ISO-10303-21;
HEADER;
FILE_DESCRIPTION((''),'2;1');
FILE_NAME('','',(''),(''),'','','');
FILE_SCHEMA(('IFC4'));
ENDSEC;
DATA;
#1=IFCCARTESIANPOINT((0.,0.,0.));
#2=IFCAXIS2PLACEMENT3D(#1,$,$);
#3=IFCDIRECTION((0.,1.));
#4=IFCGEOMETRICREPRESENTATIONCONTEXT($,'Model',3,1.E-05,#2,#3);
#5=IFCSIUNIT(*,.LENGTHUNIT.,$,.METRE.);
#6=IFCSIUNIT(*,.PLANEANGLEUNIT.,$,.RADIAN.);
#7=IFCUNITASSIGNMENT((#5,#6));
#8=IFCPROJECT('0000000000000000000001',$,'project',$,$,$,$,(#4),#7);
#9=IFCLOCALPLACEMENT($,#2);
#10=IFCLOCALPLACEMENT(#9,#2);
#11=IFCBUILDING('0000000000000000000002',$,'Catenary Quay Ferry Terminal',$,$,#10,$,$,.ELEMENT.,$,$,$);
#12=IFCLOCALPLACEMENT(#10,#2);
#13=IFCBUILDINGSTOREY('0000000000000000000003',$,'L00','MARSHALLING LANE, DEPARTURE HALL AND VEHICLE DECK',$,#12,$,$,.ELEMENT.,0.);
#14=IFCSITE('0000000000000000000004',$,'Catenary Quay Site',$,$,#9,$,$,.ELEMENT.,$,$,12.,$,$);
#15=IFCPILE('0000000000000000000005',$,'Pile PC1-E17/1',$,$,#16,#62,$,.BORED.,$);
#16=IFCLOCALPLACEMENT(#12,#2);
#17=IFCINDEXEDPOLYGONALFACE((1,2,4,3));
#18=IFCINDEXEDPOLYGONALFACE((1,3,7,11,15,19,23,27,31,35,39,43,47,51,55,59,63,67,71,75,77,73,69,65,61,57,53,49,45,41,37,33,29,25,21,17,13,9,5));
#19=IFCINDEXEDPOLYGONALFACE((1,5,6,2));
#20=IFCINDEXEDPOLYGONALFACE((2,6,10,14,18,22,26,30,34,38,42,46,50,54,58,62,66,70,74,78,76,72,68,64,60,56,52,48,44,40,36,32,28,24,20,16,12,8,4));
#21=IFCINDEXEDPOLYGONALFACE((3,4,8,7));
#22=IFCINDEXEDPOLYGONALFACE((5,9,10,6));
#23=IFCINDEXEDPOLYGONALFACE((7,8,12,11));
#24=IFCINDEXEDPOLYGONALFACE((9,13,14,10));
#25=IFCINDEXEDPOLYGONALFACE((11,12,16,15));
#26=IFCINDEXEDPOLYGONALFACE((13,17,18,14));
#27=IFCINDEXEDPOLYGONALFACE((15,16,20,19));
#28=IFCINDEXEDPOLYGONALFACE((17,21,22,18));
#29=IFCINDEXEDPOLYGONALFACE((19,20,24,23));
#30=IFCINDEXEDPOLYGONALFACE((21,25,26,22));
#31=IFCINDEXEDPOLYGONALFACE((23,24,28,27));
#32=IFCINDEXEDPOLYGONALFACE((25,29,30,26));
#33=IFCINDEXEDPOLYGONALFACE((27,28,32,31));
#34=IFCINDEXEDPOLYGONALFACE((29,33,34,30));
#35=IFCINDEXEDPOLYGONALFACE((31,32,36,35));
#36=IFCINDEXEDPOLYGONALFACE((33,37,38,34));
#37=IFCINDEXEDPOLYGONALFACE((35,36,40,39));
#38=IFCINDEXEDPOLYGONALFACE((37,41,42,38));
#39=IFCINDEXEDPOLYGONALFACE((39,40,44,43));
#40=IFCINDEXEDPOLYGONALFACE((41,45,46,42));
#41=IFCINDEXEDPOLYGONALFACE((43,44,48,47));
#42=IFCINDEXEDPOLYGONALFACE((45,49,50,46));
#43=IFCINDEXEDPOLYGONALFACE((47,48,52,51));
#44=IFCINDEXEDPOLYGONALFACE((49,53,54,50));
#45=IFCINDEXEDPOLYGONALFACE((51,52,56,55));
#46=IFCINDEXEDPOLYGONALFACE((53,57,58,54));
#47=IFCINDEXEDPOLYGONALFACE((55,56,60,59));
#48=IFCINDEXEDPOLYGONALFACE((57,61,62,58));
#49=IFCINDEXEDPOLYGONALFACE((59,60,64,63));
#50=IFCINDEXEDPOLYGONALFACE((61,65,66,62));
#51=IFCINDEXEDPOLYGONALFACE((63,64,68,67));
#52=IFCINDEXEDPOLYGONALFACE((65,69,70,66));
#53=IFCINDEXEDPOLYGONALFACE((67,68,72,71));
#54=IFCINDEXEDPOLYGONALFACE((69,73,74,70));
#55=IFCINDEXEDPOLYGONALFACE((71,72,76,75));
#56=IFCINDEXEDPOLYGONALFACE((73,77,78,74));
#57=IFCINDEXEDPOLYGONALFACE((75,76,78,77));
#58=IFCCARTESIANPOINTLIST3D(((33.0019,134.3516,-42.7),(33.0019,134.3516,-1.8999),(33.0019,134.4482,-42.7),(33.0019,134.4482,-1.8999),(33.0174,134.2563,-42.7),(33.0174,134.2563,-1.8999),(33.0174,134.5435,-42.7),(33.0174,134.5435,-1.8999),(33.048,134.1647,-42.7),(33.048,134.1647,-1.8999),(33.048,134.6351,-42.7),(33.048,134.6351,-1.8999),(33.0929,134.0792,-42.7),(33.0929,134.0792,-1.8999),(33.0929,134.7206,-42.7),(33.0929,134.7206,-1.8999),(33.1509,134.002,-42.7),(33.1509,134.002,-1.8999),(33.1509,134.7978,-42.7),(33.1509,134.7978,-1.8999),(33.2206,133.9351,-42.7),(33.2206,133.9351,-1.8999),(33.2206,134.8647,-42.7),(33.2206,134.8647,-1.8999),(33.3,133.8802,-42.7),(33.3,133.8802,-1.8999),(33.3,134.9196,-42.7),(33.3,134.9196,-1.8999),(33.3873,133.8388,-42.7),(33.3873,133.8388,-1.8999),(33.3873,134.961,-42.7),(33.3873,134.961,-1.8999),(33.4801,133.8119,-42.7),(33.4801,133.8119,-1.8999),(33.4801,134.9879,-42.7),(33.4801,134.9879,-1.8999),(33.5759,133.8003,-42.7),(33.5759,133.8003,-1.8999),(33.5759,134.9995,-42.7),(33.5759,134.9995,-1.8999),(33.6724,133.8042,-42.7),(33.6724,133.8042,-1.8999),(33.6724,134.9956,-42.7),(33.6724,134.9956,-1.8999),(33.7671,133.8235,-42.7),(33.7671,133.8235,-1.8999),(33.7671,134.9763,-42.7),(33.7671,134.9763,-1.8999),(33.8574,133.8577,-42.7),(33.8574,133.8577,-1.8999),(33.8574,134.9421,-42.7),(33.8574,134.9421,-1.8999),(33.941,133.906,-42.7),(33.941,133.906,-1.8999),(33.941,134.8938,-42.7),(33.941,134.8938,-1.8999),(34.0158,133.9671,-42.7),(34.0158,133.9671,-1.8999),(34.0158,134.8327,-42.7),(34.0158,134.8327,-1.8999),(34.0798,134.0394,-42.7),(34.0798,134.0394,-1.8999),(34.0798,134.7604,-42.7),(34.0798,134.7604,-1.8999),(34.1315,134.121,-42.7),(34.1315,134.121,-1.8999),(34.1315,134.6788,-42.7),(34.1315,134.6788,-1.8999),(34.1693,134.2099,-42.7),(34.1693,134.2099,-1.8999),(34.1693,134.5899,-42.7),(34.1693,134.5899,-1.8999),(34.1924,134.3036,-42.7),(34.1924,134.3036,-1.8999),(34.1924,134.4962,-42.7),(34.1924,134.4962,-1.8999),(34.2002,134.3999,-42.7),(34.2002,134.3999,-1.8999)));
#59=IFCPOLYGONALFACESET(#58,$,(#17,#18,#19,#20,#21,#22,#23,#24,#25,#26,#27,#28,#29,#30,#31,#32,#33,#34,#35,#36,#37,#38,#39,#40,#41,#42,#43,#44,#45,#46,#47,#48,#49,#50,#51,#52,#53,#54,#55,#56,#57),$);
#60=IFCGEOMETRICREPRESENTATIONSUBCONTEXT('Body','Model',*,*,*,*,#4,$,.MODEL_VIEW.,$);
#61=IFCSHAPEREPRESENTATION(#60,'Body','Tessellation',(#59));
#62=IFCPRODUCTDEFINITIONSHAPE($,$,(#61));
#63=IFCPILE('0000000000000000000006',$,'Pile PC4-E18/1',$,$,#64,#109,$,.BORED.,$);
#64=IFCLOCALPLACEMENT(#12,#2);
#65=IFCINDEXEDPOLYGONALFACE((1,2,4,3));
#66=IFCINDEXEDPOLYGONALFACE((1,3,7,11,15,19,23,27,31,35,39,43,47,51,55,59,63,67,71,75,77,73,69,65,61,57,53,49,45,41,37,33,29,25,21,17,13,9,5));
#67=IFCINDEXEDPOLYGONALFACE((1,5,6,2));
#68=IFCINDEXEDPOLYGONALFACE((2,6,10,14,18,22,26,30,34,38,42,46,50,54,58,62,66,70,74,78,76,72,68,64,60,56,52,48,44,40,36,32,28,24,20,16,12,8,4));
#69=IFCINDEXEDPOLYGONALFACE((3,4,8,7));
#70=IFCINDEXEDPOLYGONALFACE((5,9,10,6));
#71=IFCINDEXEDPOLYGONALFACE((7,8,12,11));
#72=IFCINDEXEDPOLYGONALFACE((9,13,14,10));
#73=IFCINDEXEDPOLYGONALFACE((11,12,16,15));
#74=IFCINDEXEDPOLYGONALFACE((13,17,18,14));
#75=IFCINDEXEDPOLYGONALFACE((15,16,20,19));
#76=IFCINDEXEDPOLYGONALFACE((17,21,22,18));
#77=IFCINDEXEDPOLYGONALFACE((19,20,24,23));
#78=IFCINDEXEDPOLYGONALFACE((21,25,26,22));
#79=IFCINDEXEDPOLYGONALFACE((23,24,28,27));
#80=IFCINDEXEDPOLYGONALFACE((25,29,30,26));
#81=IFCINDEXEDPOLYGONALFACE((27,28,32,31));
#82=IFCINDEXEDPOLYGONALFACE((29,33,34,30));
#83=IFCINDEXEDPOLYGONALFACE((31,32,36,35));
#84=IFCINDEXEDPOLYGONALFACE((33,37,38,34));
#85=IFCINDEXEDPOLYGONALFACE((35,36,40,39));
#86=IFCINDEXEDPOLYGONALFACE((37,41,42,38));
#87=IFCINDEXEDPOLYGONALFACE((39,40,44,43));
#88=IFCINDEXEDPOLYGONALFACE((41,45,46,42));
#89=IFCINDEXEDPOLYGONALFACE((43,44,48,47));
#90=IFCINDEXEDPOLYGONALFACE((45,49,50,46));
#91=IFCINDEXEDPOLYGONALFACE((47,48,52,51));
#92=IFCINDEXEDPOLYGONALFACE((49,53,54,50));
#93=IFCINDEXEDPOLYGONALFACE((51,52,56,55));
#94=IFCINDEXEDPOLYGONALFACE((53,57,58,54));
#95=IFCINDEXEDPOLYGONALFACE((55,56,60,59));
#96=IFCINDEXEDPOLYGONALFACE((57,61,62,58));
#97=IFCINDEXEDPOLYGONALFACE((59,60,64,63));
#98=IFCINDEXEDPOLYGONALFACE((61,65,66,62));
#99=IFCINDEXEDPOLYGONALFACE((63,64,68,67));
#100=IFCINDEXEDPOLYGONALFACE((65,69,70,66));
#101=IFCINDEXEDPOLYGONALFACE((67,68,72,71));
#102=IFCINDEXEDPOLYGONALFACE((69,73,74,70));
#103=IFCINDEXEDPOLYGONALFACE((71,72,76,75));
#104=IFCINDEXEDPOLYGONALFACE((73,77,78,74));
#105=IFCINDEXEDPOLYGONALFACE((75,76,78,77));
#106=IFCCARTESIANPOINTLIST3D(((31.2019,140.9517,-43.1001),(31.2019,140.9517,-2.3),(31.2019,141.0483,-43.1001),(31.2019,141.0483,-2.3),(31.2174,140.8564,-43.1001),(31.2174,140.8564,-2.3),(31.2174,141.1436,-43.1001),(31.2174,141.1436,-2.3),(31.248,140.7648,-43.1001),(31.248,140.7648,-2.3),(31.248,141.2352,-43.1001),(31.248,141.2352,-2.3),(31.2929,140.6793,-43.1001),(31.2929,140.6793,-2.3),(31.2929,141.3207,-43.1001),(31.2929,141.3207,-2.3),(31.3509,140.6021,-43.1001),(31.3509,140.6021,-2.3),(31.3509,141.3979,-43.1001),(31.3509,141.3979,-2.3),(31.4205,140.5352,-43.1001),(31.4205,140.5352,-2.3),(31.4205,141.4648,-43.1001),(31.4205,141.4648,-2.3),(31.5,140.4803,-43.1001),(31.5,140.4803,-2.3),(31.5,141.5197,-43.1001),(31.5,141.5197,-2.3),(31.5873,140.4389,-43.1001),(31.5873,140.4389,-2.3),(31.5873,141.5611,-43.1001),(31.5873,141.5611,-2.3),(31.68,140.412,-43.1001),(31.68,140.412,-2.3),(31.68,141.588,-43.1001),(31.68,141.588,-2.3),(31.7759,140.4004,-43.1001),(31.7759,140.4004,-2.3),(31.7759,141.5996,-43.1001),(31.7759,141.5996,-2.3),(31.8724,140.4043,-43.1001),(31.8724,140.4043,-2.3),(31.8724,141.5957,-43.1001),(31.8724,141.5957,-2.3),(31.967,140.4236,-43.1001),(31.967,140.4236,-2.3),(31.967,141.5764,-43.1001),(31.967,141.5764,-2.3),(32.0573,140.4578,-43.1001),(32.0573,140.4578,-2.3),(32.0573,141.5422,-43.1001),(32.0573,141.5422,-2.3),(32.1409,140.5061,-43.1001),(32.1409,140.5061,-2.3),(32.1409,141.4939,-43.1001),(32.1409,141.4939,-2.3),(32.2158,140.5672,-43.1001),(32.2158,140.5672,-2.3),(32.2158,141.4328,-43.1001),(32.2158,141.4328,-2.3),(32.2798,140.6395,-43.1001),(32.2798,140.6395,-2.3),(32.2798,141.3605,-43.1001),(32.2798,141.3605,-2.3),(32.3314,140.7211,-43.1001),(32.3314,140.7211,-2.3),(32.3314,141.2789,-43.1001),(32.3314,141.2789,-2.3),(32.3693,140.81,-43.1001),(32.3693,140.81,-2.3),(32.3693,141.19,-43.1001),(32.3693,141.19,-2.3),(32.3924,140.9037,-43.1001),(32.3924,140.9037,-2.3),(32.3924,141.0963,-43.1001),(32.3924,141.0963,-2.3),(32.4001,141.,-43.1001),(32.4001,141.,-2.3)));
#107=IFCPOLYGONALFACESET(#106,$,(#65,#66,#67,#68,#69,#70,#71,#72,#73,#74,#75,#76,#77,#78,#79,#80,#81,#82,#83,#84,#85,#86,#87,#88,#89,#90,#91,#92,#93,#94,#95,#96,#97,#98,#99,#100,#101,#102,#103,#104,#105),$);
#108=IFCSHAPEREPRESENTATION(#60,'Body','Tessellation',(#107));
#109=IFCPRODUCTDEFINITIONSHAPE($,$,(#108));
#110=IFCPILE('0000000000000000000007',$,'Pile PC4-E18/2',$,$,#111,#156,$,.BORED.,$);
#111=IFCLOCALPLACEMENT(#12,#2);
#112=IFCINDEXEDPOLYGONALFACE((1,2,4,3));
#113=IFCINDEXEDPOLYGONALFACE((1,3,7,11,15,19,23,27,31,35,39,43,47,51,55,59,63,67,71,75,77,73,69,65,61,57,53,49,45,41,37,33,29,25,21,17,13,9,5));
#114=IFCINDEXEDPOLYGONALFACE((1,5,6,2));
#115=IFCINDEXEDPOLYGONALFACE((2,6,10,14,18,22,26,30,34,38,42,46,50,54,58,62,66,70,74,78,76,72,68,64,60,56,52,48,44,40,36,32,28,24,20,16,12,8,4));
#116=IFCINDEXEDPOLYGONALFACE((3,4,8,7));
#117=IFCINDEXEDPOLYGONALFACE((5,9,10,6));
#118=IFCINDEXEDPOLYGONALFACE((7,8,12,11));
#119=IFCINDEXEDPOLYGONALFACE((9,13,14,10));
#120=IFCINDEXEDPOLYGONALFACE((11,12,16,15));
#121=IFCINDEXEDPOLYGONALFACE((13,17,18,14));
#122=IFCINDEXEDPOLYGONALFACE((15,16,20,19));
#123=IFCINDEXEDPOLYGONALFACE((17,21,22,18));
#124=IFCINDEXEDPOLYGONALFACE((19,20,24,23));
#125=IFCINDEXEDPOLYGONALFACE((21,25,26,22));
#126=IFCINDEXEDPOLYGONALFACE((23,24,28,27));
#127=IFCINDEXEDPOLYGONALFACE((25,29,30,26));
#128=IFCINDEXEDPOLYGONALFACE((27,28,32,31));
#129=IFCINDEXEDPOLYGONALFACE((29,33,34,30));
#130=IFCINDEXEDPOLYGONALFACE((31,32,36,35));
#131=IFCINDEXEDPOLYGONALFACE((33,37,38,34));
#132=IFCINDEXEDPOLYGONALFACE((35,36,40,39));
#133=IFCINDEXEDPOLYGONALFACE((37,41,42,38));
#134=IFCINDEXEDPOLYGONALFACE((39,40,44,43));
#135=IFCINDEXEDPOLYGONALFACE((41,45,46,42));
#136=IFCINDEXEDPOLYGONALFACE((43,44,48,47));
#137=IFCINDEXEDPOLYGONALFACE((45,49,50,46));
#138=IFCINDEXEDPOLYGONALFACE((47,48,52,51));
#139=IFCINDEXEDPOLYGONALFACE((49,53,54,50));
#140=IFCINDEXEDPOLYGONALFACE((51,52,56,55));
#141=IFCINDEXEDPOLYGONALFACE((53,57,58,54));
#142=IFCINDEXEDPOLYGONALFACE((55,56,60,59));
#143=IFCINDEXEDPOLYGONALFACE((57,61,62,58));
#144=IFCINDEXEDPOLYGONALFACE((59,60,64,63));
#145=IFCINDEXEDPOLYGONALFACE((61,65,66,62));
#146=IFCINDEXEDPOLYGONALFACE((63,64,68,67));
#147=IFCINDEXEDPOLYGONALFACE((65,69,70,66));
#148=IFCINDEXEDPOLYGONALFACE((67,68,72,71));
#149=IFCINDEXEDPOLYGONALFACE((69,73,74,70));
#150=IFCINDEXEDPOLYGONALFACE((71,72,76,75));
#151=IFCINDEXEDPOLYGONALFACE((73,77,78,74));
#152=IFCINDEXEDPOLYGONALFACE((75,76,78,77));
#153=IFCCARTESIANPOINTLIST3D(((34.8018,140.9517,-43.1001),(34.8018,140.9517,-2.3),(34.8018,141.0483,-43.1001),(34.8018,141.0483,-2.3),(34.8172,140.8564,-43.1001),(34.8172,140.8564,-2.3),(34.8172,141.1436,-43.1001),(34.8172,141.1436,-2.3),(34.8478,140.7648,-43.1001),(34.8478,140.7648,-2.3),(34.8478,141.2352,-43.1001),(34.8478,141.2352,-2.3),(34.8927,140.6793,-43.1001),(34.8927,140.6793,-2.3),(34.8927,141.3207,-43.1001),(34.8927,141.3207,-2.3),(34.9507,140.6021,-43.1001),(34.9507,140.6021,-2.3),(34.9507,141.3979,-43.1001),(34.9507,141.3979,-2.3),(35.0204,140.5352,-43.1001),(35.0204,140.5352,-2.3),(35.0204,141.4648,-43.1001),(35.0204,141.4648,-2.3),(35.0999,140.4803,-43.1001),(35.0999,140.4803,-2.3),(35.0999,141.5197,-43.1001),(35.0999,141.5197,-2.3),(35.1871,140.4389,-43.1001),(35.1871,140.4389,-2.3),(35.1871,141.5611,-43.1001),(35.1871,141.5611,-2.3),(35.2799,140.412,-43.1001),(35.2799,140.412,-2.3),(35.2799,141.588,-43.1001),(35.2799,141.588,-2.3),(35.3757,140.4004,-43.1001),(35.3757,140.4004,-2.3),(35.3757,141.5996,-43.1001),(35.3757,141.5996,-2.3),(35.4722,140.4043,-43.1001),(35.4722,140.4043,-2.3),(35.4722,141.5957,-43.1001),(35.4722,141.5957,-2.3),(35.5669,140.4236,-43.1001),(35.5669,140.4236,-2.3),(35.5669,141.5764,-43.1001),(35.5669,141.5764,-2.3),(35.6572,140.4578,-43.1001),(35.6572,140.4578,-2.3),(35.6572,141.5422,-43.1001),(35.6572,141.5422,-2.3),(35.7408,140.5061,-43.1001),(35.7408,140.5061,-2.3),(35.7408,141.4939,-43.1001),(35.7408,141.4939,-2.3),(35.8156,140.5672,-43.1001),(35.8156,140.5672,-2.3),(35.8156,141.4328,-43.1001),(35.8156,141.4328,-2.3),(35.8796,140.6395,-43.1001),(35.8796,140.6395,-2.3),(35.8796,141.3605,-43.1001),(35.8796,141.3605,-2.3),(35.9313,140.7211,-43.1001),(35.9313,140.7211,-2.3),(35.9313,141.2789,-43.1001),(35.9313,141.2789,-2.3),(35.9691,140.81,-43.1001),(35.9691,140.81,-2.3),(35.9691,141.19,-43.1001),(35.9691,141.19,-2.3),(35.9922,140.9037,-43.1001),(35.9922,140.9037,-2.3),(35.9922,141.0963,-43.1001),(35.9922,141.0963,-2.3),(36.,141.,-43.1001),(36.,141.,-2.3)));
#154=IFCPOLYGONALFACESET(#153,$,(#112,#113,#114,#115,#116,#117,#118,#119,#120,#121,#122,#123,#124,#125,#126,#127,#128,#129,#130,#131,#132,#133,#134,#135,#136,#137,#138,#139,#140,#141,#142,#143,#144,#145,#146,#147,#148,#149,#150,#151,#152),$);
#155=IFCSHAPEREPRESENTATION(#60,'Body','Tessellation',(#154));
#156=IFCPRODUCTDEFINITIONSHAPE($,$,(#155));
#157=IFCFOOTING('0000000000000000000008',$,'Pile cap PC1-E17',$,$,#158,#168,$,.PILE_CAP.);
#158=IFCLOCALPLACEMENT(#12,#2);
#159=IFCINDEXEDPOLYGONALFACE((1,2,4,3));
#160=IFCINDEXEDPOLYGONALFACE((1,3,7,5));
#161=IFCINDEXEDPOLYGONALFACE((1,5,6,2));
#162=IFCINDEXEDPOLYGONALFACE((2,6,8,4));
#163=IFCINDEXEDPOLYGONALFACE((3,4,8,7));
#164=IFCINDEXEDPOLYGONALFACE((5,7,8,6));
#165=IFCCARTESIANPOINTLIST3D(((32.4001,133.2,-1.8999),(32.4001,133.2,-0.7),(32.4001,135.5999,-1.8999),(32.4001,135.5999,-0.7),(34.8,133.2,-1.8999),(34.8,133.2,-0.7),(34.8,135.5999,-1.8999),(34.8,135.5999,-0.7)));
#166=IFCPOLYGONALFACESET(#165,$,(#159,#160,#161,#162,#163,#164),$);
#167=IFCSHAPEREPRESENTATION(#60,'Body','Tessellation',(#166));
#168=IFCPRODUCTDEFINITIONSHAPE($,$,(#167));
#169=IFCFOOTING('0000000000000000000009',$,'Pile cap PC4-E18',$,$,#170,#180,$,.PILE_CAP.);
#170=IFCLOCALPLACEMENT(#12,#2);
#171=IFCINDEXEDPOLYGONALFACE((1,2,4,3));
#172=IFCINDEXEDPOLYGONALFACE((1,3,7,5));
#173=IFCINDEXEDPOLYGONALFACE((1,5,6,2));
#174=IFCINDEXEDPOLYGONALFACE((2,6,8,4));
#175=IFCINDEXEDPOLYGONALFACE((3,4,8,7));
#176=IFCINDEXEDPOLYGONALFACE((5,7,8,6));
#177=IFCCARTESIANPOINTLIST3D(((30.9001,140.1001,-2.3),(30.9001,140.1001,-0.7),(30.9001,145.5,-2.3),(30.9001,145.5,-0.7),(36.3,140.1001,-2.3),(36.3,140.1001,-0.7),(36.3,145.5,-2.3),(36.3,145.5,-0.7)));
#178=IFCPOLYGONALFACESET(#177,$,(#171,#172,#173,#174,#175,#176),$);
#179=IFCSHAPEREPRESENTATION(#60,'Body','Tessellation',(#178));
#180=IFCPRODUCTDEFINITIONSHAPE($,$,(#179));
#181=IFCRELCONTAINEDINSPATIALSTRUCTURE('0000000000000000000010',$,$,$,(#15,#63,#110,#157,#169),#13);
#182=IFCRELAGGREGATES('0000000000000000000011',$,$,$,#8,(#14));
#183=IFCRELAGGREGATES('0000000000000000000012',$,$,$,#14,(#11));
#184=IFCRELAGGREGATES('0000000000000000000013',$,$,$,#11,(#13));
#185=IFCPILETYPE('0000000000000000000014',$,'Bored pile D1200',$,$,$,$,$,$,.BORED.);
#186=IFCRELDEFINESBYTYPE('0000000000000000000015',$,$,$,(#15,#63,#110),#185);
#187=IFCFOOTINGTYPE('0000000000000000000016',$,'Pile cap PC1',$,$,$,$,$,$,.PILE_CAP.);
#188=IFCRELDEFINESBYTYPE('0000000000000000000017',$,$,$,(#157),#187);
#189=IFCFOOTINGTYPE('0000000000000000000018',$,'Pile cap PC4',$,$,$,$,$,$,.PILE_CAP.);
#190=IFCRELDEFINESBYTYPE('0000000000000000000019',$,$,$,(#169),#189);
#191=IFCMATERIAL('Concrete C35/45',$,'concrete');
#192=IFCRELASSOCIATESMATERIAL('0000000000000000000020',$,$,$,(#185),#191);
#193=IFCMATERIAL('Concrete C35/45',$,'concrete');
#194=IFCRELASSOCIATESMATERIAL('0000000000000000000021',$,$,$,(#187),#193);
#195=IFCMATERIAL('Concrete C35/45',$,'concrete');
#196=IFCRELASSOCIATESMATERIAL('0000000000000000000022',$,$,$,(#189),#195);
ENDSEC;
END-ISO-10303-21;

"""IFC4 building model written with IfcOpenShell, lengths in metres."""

from ifc_helpers import new_model, si_unit, direction, frame, origin, origin_2d, place, context, subcontext, project, spatial, rectangle, circle, extrude, material, material_profile, profile_set, type_object, element, save


model = new_model("IFC4")

# Units and contexts
model_context = context("Model", 3, precision=1e-05, world=origin(), true_north=direction((0.0, 1.0)))
body_context = subcontext(model_context, "Body", "Model", "MODEL_VIEW")
ifc_project = project(units=[si_unit("LENGTHUNIT", "METRE"), si_unit("PLANEANGLEUNIT", "RADIAN")], contexts=[model_context])

# Site, building, storey
site_placement = place(None, origin())
site = spatial("IfcSite", under=ifc_project, at=site_placement, Name="Catenary Quay Site", CompositionType="ELEMENT", RefElevation=12.0)
building_placement = place(site_placement, origin())
building = spatial("IfcBuilding", under=site, at=building_placement, Name="Catenary Quay Ferry Terminal", CompositionType="ELEMENT")
storey_placement = place(building_placement, origin())
storey = spatial("IfcBuildingStorey", under=building, at=storey_placement, Name="L00", Description="MARSHALLING LANE, DEPARTURE HALL AND VEHICLE DECK", CompositionType="ELEMENT", Elevation=0.0)

# Piles
ifc_material_1 = material(Name="Concrete C35/45", Category="concrete")
ifc_material_profile_1 = material_profile(ifc_material_1, circle(Radius=0.6001, at=origin_2d()), Name="D1200")
ifc_profile_set_1 = profile_set([ifc_material_profile_1], Name="Concrete C35/45")
pile_type = type_object("IfcPileType", Name="Bored pile D1200", PredefinedType="BORED", material=ifc_profile_set_1)
for number, where, z_axis, x_axis, name in (
    (1, (33.6001, 134.3999, -1.8999), (0.0, 0.0, -1.0), (1.0, 0.0, 0.0), "Pile PC1-E17/1"),
    (2, (31.8, 141.0, -2.3), (0.0, 0.0, -1.0), (1.0, 0.0, 0.0), "Pile PC4-E18/1"),
    (3, (35.3999, 141.0, -2.3), (0.0, 0.0, -1.0), (1.0, 0.0, 0.0), "Pile PC4-E18/2"),
):
    element("IfcPile", number, at=place(storey_placement, frame(where, z_axis=z_axis, x_axis=x_axis)), inside=storey, type_object=pile_type, Name=name, PredefinedType="BORED", context=body_context, shape_type="SweptSolid", body=[
        extrude(circle(Radius=0.6001, at=origin_2d()), origin(), (0.0, 0.0, 1.0), 40.8),
    ])

# Footings
ifc_material_2 = material(Name="Concrete C35/45", Category="concrete")
footing_type_1 = type_object("IfcFootingType", Name="Pile cap PC1", PredefinedType="PILE_CAP", material=ifc_material_2)
footing_1_placement = place(storey_placement, frame((33.6001, 134.3999, -1.8999), z_axis=(0.0, 0.0, 1.0), x_axis=(1.0, 0.0, 0.0)))
element("IfcFooting", 4, at=footing_1_placement, inside=storey, type_object=footing_type_1, Name="Pile cap PC1-E17", PredefinedType="PILE_CAP", context=body_context, shape_type="SweptSolid", body=[
    extrude(rectangle(XDim=2.3999, YDim=2.3999, at=origin_2d()), origin(), (0.0, 0.0, 1.0), 1.2),
])
ifc_material_3 = material(Name="Concrete C35/45", Category="concrete")
footing_type_2 = type_object("IfcFootingType", Name="Pile cap PC4", PredefinedType="PILE_CAP", material=ifc_material_3)
footing_2_placement = place(storey_placement, frame((33.6001, 142.8, -2.3), z_axis=(0.0, 0.0, 1.0), x_axis=(1.0, 0.0, 0.0)))
element("IfcFooting", 5, at=footing_2_placement, inside=storey, type_object=footing_type_2, Name="Pile cap PC4-E18", PredefinedType="PILE_CAP", context=body_context, shape_type="SweptSolid", body=[
    extrude(rectangle(XDim=5.3999, YDim=5.3999, at=origin_2d()), origin(), (0.0, 0.0, 1.0), 1.6001),
])

save(model, "model.ifc")
